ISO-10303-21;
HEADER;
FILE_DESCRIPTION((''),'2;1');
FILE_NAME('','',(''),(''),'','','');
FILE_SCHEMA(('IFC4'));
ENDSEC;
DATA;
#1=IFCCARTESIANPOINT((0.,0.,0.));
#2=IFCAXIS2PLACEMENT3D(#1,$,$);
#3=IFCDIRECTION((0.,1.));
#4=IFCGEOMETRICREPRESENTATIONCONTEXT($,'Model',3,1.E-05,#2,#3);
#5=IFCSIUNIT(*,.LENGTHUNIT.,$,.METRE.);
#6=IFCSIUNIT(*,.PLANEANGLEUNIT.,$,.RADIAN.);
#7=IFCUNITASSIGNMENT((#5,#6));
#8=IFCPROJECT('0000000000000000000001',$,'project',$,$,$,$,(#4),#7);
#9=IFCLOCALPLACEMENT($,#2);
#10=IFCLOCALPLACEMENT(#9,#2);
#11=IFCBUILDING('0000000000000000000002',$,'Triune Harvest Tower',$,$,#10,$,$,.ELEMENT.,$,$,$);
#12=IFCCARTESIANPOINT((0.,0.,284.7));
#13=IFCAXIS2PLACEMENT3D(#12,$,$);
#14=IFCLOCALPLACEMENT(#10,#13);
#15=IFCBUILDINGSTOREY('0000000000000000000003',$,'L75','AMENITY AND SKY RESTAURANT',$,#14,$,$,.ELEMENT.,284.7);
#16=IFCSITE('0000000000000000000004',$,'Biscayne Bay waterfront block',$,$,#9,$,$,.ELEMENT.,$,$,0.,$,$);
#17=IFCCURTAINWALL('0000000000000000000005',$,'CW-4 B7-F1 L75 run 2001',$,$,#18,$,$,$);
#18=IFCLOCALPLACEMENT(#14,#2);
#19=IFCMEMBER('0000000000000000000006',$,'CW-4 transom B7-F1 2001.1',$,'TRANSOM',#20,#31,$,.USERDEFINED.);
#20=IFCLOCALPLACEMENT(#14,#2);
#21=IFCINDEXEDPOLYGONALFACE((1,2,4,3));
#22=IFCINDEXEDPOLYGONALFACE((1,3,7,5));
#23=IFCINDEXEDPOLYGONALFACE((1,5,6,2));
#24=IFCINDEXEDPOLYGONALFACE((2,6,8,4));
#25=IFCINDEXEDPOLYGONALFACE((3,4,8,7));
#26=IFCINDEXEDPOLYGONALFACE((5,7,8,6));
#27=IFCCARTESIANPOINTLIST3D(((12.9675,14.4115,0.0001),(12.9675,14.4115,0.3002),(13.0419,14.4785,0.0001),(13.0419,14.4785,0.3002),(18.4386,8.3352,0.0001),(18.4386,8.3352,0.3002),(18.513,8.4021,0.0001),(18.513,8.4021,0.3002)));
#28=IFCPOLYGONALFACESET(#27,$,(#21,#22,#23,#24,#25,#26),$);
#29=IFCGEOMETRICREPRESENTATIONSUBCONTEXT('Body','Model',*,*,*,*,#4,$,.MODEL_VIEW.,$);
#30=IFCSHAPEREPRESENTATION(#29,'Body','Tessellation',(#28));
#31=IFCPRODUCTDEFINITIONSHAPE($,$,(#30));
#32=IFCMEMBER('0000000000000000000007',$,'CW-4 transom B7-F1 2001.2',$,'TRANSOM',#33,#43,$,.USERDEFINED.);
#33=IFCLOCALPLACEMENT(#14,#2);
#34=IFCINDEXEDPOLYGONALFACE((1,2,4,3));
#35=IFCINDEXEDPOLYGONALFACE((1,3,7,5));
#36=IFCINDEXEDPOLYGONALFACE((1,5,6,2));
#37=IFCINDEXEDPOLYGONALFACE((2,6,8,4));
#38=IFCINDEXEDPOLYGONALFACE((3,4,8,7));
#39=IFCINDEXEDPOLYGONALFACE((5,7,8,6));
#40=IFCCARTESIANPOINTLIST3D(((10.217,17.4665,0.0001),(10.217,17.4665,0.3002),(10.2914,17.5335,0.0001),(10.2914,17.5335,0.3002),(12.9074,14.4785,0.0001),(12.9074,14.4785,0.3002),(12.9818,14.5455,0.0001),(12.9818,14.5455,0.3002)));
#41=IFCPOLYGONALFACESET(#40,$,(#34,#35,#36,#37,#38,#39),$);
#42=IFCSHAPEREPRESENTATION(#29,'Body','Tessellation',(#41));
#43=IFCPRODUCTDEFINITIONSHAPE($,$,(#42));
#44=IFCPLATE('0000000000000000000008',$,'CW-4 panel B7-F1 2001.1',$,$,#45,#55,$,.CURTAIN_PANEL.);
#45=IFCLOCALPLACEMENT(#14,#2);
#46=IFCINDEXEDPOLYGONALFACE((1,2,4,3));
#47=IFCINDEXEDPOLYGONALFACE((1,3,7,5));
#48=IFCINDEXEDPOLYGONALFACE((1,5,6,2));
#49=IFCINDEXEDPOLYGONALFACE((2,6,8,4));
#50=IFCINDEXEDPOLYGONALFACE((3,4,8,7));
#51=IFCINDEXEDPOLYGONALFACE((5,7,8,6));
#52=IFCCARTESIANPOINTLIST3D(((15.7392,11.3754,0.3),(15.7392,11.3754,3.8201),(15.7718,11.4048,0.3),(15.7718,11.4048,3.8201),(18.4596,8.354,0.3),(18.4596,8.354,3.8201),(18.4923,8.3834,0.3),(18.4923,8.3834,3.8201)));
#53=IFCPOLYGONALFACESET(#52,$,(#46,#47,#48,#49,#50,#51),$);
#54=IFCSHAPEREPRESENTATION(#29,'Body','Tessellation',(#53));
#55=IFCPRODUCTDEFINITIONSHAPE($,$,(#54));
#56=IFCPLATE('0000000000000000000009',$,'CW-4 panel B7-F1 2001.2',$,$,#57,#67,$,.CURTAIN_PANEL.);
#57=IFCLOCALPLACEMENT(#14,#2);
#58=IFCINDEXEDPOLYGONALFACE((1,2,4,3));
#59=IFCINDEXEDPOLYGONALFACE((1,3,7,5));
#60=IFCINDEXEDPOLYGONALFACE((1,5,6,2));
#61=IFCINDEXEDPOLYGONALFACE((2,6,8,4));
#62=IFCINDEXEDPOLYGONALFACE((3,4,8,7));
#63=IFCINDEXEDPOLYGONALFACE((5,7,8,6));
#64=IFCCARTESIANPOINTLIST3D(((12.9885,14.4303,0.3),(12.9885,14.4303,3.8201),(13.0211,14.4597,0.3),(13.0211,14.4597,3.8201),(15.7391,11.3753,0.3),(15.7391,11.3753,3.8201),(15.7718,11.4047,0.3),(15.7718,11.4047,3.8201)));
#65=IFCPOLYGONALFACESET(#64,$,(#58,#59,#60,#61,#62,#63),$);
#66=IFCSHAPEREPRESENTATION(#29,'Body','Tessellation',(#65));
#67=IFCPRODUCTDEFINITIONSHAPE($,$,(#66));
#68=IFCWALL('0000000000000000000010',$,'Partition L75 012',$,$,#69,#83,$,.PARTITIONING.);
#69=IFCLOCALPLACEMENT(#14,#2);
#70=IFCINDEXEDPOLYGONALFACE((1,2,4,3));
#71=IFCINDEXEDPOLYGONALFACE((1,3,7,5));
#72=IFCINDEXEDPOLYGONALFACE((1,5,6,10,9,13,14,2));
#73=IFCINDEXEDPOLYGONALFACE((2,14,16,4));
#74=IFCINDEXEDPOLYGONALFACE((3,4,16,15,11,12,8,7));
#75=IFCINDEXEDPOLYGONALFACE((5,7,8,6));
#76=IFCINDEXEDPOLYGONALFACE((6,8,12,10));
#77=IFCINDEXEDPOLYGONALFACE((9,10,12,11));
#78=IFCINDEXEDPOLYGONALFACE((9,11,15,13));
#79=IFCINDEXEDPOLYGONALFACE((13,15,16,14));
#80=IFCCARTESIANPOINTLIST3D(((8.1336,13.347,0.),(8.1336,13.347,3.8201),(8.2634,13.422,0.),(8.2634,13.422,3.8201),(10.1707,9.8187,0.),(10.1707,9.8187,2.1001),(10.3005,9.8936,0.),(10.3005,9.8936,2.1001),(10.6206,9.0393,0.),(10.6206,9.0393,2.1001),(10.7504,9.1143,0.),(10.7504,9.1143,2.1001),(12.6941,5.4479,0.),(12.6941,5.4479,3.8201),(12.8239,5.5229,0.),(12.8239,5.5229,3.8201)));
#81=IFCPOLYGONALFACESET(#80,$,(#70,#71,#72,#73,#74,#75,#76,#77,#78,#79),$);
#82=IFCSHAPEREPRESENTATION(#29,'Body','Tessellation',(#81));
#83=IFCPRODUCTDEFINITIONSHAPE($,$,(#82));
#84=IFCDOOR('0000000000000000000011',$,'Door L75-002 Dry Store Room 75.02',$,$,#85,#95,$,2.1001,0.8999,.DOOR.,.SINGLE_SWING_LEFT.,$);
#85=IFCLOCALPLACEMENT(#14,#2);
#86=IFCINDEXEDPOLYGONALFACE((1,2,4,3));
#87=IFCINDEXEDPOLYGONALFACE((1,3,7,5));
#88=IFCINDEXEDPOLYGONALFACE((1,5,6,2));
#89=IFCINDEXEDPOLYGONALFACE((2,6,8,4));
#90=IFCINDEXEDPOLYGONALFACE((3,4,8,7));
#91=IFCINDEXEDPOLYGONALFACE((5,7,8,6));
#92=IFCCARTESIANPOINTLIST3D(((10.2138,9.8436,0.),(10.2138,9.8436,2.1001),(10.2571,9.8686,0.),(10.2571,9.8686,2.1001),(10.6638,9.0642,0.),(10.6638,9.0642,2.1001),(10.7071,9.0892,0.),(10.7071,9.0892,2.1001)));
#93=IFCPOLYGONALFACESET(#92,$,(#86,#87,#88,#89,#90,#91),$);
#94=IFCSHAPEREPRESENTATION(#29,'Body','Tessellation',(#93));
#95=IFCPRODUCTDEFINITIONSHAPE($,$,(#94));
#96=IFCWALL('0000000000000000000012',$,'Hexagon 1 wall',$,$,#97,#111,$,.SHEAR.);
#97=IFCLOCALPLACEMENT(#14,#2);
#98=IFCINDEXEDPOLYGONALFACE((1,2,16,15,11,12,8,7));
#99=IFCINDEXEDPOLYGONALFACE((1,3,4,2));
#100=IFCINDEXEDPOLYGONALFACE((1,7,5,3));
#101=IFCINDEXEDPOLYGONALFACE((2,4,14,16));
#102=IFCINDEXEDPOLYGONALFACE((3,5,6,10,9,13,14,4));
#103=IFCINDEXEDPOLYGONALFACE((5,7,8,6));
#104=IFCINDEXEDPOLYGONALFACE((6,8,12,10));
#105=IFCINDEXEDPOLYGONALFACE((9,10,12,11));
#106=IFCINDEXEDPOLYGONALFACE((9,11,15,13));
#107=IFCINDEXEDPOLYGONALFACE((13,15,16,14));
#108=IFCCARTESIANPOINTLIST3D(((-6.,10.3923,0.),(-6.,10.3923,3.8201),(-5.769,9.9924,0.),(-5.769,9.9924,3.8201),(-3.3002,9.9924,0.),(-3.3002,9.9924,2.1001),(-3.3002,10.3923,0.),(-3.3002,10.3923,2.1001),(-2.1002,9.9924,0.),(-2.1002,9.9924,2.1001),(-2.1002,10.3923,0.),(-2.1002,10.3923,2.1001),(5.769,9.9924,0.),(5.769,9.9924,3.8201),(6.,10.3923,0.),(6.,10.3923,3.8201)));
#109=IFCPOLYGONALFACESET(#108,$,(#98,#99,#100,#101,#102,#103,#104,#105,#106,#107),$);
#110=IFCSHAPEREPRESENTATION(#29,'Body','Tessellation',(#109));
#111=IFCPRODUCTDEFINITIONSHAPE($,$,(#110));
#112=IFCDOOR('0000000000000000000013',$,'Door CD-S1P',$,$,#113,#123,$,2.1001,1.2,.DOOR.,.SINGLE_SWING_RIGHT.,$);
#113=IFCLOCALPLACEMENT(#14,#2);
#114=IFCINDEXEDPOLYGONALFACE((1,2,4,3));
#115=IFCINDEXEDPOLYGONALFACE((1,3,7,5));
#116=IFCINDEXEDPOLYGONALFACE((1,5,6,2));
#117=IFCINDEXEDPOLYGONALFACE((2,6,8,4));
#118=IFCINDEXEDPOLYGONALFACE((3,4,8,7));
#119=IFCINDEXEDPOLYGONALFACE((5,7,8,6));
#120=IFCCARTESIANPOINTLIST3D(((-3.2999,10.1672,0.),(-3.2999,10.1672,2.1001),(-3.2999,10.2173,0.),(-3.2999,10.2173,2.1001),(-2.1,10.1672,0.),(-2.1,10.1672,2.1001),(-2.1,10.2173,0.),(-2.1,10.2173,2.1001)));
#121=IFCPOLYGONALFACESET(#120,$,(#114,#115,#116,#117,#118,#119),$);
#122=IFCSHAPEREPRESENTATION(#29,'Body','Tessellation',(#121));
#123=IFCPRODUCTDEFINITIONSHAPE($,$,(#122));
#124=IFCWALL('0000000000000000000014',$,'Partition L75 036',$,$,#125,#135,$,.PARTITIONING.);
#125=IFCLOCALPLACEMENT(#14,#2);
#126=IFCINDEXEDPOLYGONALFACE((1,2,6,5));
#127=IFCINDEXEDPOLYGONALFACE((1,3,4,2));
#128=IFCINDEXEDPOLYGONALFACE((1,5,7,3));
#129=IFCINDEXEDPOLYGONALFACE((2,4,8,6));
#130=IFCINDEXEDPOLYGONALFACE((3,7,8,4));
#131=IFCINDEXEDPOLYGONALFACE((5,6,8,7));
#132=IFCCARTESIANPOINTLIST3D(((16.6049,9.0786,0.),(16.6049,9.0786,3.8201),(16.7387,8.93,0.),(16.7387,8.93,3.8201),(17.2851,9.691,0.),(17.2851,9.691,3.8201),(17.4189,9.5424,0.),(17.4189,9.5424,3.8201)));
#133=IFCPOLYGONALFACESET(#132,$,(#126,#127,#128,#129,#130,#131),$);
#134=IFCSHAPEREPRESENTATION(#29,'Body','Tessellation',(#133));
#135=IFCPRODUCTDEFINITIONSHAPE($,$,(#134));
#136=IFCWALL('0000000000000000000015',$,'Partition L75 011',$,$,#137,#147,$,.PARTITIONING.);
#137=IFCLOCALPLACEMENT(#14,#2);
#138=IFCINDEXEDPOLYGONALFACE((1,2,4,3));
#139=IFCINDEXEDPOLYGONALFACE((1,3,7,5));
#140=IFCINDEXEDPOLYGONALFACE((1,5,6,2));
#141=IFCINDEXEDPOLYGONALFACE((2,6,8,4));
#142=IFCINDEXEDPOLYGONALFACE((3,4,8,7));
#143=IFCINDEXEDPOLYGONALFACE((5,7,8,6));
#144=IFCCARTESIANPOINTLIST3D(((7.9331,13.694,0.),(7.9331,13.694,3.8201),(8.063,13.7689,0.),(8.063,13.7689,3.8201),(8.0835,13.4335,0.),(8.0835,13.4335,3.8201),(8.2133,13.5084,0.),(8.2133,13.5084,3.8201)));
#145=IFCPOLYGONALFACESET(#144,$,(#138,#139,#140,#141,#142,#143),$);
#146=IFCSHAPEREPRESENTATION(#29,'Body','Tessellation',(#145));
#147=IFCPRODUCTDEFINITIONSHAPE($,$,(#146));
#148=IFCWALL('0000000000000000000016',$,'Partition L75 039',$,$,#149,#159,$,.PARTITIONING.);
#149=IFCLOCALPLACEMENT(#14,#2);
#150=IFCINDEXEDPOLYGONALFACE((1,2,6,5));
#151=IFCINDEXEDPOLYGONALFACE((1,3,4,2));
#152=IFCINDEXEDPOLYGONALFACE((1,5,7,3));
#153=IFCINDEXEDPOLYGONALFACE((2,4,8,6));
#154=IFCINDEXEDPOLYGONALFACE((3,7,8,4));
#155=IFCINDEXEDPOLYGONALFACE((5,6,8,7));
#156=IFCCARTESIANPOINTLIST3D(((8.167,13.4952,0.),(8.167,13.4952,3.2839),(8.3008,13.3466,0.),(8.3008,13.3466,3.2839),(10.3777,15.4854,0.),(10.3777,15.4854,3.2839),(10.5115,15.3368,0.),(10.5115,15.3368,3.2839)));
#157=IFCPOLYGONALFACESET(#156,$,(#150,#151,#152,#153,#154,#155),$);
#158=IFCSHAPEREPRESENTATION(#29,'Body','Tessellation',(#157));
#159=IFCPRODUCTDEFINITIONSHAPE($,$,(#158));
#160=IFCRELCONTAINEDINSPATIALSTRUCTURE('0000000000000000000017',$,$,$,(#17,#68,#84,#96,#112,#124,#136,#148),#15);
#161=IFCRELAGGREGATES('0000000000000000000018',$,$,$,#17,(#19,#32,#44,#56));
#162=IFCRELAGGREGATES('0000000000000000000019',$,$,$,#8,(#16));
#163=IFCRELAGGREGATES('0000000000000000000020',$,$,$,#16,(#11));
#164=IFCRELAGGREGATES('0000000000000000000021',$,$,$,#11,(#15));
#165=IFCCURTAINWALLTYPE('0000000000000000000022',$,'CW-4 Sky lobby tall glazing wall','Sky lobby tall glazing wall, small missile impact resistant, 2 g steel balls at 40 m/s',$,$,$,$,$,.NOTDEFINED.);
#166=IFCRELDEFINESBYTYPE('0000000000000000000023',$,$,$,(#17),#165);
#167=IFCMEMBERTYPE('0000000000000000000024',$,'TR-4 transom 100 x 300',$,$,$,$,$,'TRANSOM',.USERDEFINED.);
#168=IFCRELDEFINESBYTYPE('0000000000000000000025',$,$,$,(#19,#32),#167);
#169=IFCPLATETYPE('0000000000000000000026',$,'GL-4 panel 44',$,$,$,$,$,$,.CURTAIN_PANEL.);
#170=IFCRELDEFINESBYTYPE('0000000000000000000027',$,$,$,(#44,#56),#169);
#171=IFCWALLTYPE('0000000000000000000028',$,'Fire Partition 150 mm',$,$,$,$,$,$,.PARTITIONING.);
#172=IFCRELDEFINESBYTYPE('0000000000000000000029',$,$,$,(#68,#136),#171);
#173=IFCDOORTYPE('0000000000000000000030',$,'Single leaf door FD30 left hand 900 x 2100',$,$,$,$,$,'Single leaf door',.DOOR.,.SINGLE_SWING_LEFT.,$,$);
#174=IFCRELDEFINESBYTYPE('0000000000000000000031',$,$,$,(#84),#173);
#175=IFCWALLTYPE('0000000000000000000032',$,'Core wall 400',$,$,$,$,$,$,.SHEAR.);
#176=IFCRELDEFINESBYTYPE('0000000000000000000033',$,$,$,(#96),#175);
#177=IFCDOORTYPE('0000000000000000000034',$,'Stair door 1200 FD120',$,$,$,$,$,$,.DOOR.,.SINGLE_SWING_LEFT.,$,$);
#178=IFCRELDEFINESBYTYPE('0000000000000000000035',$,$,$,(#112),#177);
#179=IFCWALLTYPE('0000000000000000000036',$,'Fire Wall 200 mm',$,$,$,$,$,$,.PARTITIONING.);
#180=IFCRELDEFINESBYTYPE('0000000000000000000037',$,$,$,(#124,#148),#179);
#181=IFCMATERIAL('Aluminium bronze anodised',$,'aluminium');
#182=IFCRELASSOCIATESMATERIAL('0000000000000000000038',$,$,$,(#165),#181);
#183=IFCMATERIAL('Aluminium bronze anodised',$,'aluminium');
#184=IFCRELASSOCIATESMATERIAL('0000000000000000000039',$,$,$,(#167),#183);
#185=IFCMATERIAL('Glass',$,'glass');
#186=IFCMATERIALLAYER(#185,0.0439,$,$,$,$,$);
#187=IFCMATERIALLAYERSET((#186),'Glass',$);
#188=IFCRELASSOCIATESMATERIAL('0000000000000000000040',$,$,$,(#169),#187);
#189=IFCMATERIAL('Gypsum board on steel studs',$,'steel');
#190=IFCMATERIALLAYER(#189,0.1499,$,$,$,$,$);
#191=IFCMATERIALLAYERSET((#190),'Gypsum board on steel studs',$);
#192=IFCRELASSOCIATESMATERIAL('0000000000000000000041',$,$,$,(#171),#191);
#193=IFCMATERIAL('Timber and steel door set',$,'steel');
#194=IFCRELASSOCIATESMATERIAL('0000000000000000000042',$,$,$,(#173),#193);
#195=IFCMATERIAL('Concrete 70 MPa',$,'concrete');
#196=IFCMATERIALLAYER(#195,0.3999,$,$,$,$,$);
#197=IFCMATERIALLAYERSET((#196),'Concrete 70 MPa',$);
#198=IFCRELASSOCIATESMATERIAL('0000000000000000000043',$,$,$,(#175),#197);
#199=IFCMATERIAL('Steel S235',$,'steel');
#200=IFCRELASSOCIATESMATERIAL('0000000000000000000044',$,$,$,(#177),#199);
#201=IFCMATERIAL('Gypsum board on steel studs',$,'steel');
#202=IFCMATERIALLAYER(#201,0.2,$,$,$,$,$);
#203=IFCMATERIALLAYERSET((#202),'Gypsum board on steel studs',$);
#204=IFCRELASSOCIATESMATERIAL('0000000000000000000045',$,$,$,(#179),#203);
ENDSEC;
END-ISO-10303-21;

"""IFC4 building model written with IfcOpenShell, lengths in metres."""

from ifc_helpers import new_model, si_unit, direction, frame, frame_2d, origin, origin_2d, place, context, subcontext, project, spatial, polyline, rectangle, outline, extrude, source, transform, mapped, material, layer, layer_set, material_profile, profile_set, type_object, element, fill, aggregate, save


model = new_model("IFC4")

# Units and contexts
model_context = context("Model", 3, precision=1e-05, world=origin(), true_north=direction((0.0, 1.0)))
body_context = subcontext(model_context, "Body", "Model", "MODEL_VIEW")
ifc_project = project(units=[si_unit("LENGTHUNIT", "METRE"), si_unit("PLANEANGLEUNIT", "RADIAN")], contexts=[model_context])

# Site, building, storey
site_placement = place(None, origin())
site = spatial("IfcSite", under=ifc_project, at=site_placement, Name="Biscayne Bay waterfront block", CompositionType="ELEMENT", RefElevation=0.0)
building_placement = place(site_placement, origin())
building = spatial("IfcBuilding", under=site, at=building_placement, Name="Triune Harvest Tower", CompositionType="ELEMENT")
storey_placement = place(building_placement, frame((0.0, 0.0, 284.7)))
storey = spatial("IfcBuildingStorey", under=building, at=storey_placement, Name="L75", Description="AMENITY AND SKY RESTAURANT", CompositionType="ELEMENT", Elevation=284.7)

# Curtain wall, members, plates
ifc_material_1 = material(Name="Aluminium bronze anodised", Category="aluminium")
curtain_wall_type = type_object("IfcCurtainWallType", Name="CW-4 Sky lobby tall glazing wall", Description="Sky lobby tall glazing wall, small missile impact resistant, 2 g steel balls at 40 m/s", PredefinedType="NOTDEFINED", material=ifc_material_1)
curtain_wall_placement = place(storey_placement, origin())
curtain_wall = element("IfcCurtainWall", 1, at=curtain_wall_placement, inside=storey, type_object=curtain_wall_type, Name="CW-4 B7-F1 L75 run 2001")
ifc_material_2 = material(Name="Aluminium bronze anodised", Category="aluminium")
ifc_material_profile_1 = material_profile(ifc_material_2, rectangle(XDim=0.1001, YDim=0.3, at=origin_2d()), Name="TR-4 transom 100 x 300")
ifc_profile_set_1 = profile_set([ifc_material_profile_1], Name="Aluminium bronze anodised")
member_type_1 = type_object("IfcMemberType", Name="TR-4 transom 100 x 300", ElementType="TRANSOM", PredefinedType="USERDEFINED", material=ifc_profile_set_1)
shared_shape_1 = source(origin(), body_context, "Body", "SweptSolid", [
    extrude(rectangle(XDim=0.1001, YDim=0.3, at=origin_2d()), origin(), (0.0, 0.0, 1.0), 8.1765),
])
member_1_placement = place(storey_placement, frame((18.4758, 8.3687, 0.1501), z_axis=(-0.669128, 0.743147, 0.0), x_axis=(-0.743147, -0.669128, 0.0)))
member_1 = element("IfcMember", 2, at=member_1_placement, type_object=member_type_1, Name="CW-4 transom B7-F1 2001.1", ObjectType="TRANSOM", PredefinedType="USERDEFINED", context=body_context, shape_type="MappedRepresentation", body=[
    mapped(shared_shape_1, transform((0.0, 0.0, 0.0), scale=1.0)),
])
shared_shape_2 = source(origin(), body_context, "Body", "SweptSolid", [
    extrude(rectangle(XDim=0.1001, YDim=0.3, at=origin_2d()), origin(), (0.0, 0.0, 1.0), 4.0208),
])
member_2_placement = place(storey_placement, frame((12.9446, 14.512, 0.1501), z_axis=(-0.669129, 0.743146, 0.0), x_axis=(-0.743146, -0.669129, 0.0)))
member_2 = element("IfcMember", 3, at=member_2_placement, type_object=member_type_1, Name="CW-4 transom B7-F1 2001.2", ObjectType="TRANSOM", PredefinedType="USERDEFINED", context=body_context, shape_type="MappedRepresentation", body=[
    mapped(shared_shape_2, transform((0.0, 0.0, 0.0), scale=1.0)),
])
ifc_material_3 = material(Name="Glass", Category="glass")
ifc_layer_1 = layer(ifc_material_3, 0.0439)
ifc_layer_set_1 = layer_set([ifc_layer_1], Name="Glass")
plate_type = type_object("IfcPlateType", Name="GL-4 panel 44", PredefinedType="CURTAIN_PANEL", material=ifc_layer_set_1)
shared_shape_3 = source(origin(), body_context, "Body", "SweptSolid", [
    extrude(rectangle(XDim=4.0657, YDim=0.0439, at=origin_2d()), origin(), (0.0, 0.0, 1.0), 3.52),
])
plate_1_placement = place(storey_placement, frame((17.1157, 9.8794, 0.3), z_axis=(0.0, 0.0, 1.0), x_axis=(-0.669125, 0.74315, 0.0)))
plate_1 = element("IfcPlate", 4, at=plate_1_placement, type_object=plate_type, Name="CW-4 panel B7-F1 2001.1", PredefinedType="CURTAIN_PANEL", context=body_context, shape_type="MappedRepresentation", body=[
    mapped(shared_shape_3, transform((0.0, 0.0, 0.0), scale=1.0)),
])
shared_shape_4 = source(origin(), body_context, "Body", "SweptSolid", [
    extrude(rectangle(XDim=4.1108, YDim=0.0439, at=origin_2d()), origin(), (0.0, 0.0, 1.0), 3.52),
])
plate_2_placement = place(storey_placement, frame((14.3801, 12.9175, 0.3), z_axis=(0.0, 0.0, 1.0), x_axis=(-0.669125, 0.74315, 0.0)))
plate_2 = element("IfcPlate", 5, at=plate_2_placement, type_object=plate_type, Name="CW-4 panel B7-F1 2001.2", PredefinedType="CURTAIN_PANEL", context=body_context, shape_type="MappedRepresentation", body=[
    mapped(shared_shape_4, transform((0.0, 0.0, 0.0), scale=1.0)),
])
aggregate(curtain_wall, [member_1, member_2, plate_1, plate_2])

# Walls, openings, doors
ifc_material_4 = material(Name="Gypsum board on steel studs", Category="steel")
ifc_layer_2 = layer(ifc_material_4, 0.1499)
ifc_layer_set_2 = layer_set([ifc_layer_2], Name="Gypsum board on steel studs")
wall_type_1 = type_object("IfcWallType", Name="Fire Partition 150 mm", PredefinedType="PARTITIONING", material=ifc_layer_set_2)
wall_1_placement = place(storey_placement, frame((8.1985, 13.3845, 0.0), z_axis=(0.0, 0.0, 1.0), x_axis=(0.499997, -0.866027, 0.0)))
wall_1 = element("IfcWall", 6, at=wall_1_placement, inside=storey, type_object=wall_type_1, Name="Partition L75 012", PredefinedType="PARTITIONING", context=body_context, shape_type="SweptSolid", body=[
    extrude(rectangle(XDim=9.1211, YDim=0.1499, at=frame_2d((4.5605, 0.0))), origin(), (0.0, 0.0, 1.0), 3.8201),
])
opening_1_placement = place(wall_1_placement, frame((4.0742, 0.0, 0.0)))
opening_1 = element("IfcOpeningElement", 7, at=opening_1_placement, cuts=wall_1, PredefinedType="OPENING", context=body_context, shape_type="SweptSolid", body=[
    extrude(rectangle(XDim=0.8999, YDim=2.1001, at=frame_2d((0.45, 1.05))), frame((0.0, 0.085, 0.0), z_axis=(0.0, -1.0, 0.0), x_axis=(1.0, 0.0, 0.0)), (0.0, 0.0, 1.0), 0.1699),
])
ifc_material_5 = material(Name="Timber and steel door set", Category="steel")
door_type_1 = type_object("IfcDoorType", Name="Single leaf door FD30 left hand 900 x 2100", ElementType="Single leaf door", OperationType="SINGLE_SWING_LEFT", PredefinedType="DOOR", material=ifc_material_5)
door_1_placement = place(opening_1_placement, origin())
door_1 = element("IfcDoor", 8, at=door_1_placement, inside=storey, type_object=door_type_1, Name="Door L75-002 Dry Store Room 75.02", OperationType="SINGLE_SWING_LEFT", OverallHeight=2.1001, OverallWidth=0.8999, PredefinedType="DOOR", context=body_context, shape_type="SweptSolid", body=[
    extrude(rectangle(XDim=0.8999, YDim=2.1001, at=frame_2d((0.45, 1.05))), frame((0.0, 0.0249, 0.0), z_axis=(0.0, -1.0, 0.0), x_axis=(1.0, 0.0, 0.0)), (0.0, 0.0, 1.0), 0.05),
])
fill(opening_1, door_1)
ifc_material_6 = material(Name="Concrete 70 MPa", Category="concrete")
ifc_layer_3 = layer(ifc_material_6, 0.3999)
ifc_layer_set_3 = layer_set([ifc_layer_3], Name="Concrete 70 MPa")
wall_type_2 = type_object("IfcWallType", Name="Core wall 400", PredefinedType="SHEAR", material=ifc_layer_set_3)
shared_shape_5 = source(origin(), body_context, "Body", "SweptSolid", [
    extrude(outline(polyline([(-0.1155, -0.2), (11.8845, -0.2), (11.6536, 0.2), (0.1155, 0.2), (-0.1155, -0.2)])), origin(), (0.0, 0.0, 1.0), 3.8201),
])
wall_2_placement = place(storey_placement, frame((5.8845, 10.1924, 0.0), z_axis=(0.0, 0.0, 1.0), x_axis=(-1.0, 0.0, 0.0)))
wall_2 = element("IfcWall", 9, at=wall_2_placement, inside=storey, type_object=wall_type_2, Name="Hexagon 1 wall", PredefinedType="SHEAR", context=body_context, shape_type="MappedRepresentation", body=[
    mapped(shared_shape_5, transform((0.0, 0.0, 0.0), scale=1.0)),
])
opening_2_placement = place(wall_2_placement, frame((7.9846, 0.0, 0.0)))
opening_2 = element("IfcOpeningElement", 10, at=opening_2_placement, cuts=wall_2, PredefinedType="OPENING", context=body_context, shape_type="SweptSolid", body=[
    extrude(rectangle(XDim=1.2, YDim=2.1001, at=frame_2d((0.6001, 1.05))), frame((0.0, 0.21, 0.0), z_axis=(0.0, -1.0, 0.0), x_axis=(1.0, 0.0, 0.0)), (0.0, 0.0, 1.0), 0.4199),
])
ifc_material_7 = material(Name="Steel S235", Category="steel")
door_type_2 = type_object("IfcDoorType", Name="Stair door 1200 FD120", OperationType="SINGLE_SWING_LEFT", PredefinedType="DOOR", material=ifc_material_7)
door_2_placement = place(opening_2_placement, frame((1.2, 0.0, 0.0), z_axis=(0.0, 0.0, 1.0), x_axis=(-1.0, 0.0, 0.0)))
door_2 = element("IfcDoor", 11, at=door_2_placement, inside=storey, type_object=door_type_2, Name="Door CD-S1P", OperationType="SINGLE_SWING_RIGHT", OverallHeight=2.1001, OverallWidth=1.2, PredefinedType="DOOR", context=body_context, shape_type="SweptSolid", body=[
    extrude(rectangle(XDim=1.2, YDim=2.1001, at=frame_2d((0.6001, 1.05))), frame((0.0, 0.0249, 0.0), z_axis=(0.0, -1.0, 0.0), x_axis=(1.0, 0.0, 0.0)), (0.0, 0.0, 1.0), 0.05),
])
fill(opening_2, door_2)

# Walls
ifc_material_8 = material(Name="Gypsum board on steel studs", Category="steel")
ifc_layer_4 = layer(ifc_material_8, 0.2)
ifc_layer_set_4 = layer_set([ifc_layer_4], Name="Gypsum board on steel studs")
wall_type_3 = type_object("IfcWallType", Name="Fire Wall 200 mm", PredefinedType="PARTITIONING", material=ifc_layer_set_4)
shared_shape_6 = source(origin(), body_context, "Body", "SweptSolid", [
    extrude(rectangle(XDim=0.9153, YDim=0.2, at=frame_2d((0.4575, 0.0))), origin(), (0.0, 0.0, 1.0), 3.8201),
])
wall_3_placement = place(storey_placement, frame((16.6719, 9.0044, 0.0), z_axis=(0.0, 0.0, 1.0), x_axis=(0.743215, 0.669053, 0.0)))
element("IfcWall", 12, at=wall_3_placement, inside=storey, type_object=wall_type_3, Name="Partition L75 036", PredefinedType="PARTITIONING", context=body_context, shape_type="MappedRepresentation", body=[
    mapped(shared_shape_6, transform((0.0, 0.0, 0.0), scale=1.0)),
])
shared_shape_7 = source(origin(), body_context, "Body", "SweptSolid", [
    extrude(rectangle(XDim=0.3008, YDim=0.1499, at=frame_2d((0.1504, 0.0))), origin(), (0.0, 0.0, 1.0), 3.8201),
])
wall_4_placement = place(storey_placement, frame((7.998, 13.7314, 0.0), z_axis=(0.0, 0.0, 1.0), x_axis=(0.49998, -0.866037, 0.0)))
element("IfcWall", 13, at=wall_4_placement, inside=storey, type_object=wall_type_1, Name="Partition L75 011", PredefinedType="PARTITIONING", context=body_context, shape_type="MappedRepresentation", body=[
    mapped(shared_shape_7, transform((0.0, 0.0, 0.0), scale=1.0)),
])
shared_shape_8 = source(origin(), body_context, "Body", "SweptSolid", [
    extrude(rectangle(XDim=2.9746, YDim=0.2, at=frame_2d((1.4873, 0.0))), origin(), (0.0, 0.0, 1.0), 3.2839),
])
wall_5_placement = place(storey_placement, frame((8.2339, 13.4209, 0.0), z_axis=(0.0, 0.0, 1.0), x_axis=(0.743192, 0.669078, 0.0)))
element("IfcWall", 14, at=wall_5_placement, inside=storey, type_object=wall_type_3, Name="Partition L75 039", PredefinedType="PARTITIONING", context=body_context, shape_type="MappedRepresentation", body=[
    mapped(shared_shape_8, transform((0.0, 0.0, 0.0), scale=1.0)),
])

save(model, "model.ifc")
